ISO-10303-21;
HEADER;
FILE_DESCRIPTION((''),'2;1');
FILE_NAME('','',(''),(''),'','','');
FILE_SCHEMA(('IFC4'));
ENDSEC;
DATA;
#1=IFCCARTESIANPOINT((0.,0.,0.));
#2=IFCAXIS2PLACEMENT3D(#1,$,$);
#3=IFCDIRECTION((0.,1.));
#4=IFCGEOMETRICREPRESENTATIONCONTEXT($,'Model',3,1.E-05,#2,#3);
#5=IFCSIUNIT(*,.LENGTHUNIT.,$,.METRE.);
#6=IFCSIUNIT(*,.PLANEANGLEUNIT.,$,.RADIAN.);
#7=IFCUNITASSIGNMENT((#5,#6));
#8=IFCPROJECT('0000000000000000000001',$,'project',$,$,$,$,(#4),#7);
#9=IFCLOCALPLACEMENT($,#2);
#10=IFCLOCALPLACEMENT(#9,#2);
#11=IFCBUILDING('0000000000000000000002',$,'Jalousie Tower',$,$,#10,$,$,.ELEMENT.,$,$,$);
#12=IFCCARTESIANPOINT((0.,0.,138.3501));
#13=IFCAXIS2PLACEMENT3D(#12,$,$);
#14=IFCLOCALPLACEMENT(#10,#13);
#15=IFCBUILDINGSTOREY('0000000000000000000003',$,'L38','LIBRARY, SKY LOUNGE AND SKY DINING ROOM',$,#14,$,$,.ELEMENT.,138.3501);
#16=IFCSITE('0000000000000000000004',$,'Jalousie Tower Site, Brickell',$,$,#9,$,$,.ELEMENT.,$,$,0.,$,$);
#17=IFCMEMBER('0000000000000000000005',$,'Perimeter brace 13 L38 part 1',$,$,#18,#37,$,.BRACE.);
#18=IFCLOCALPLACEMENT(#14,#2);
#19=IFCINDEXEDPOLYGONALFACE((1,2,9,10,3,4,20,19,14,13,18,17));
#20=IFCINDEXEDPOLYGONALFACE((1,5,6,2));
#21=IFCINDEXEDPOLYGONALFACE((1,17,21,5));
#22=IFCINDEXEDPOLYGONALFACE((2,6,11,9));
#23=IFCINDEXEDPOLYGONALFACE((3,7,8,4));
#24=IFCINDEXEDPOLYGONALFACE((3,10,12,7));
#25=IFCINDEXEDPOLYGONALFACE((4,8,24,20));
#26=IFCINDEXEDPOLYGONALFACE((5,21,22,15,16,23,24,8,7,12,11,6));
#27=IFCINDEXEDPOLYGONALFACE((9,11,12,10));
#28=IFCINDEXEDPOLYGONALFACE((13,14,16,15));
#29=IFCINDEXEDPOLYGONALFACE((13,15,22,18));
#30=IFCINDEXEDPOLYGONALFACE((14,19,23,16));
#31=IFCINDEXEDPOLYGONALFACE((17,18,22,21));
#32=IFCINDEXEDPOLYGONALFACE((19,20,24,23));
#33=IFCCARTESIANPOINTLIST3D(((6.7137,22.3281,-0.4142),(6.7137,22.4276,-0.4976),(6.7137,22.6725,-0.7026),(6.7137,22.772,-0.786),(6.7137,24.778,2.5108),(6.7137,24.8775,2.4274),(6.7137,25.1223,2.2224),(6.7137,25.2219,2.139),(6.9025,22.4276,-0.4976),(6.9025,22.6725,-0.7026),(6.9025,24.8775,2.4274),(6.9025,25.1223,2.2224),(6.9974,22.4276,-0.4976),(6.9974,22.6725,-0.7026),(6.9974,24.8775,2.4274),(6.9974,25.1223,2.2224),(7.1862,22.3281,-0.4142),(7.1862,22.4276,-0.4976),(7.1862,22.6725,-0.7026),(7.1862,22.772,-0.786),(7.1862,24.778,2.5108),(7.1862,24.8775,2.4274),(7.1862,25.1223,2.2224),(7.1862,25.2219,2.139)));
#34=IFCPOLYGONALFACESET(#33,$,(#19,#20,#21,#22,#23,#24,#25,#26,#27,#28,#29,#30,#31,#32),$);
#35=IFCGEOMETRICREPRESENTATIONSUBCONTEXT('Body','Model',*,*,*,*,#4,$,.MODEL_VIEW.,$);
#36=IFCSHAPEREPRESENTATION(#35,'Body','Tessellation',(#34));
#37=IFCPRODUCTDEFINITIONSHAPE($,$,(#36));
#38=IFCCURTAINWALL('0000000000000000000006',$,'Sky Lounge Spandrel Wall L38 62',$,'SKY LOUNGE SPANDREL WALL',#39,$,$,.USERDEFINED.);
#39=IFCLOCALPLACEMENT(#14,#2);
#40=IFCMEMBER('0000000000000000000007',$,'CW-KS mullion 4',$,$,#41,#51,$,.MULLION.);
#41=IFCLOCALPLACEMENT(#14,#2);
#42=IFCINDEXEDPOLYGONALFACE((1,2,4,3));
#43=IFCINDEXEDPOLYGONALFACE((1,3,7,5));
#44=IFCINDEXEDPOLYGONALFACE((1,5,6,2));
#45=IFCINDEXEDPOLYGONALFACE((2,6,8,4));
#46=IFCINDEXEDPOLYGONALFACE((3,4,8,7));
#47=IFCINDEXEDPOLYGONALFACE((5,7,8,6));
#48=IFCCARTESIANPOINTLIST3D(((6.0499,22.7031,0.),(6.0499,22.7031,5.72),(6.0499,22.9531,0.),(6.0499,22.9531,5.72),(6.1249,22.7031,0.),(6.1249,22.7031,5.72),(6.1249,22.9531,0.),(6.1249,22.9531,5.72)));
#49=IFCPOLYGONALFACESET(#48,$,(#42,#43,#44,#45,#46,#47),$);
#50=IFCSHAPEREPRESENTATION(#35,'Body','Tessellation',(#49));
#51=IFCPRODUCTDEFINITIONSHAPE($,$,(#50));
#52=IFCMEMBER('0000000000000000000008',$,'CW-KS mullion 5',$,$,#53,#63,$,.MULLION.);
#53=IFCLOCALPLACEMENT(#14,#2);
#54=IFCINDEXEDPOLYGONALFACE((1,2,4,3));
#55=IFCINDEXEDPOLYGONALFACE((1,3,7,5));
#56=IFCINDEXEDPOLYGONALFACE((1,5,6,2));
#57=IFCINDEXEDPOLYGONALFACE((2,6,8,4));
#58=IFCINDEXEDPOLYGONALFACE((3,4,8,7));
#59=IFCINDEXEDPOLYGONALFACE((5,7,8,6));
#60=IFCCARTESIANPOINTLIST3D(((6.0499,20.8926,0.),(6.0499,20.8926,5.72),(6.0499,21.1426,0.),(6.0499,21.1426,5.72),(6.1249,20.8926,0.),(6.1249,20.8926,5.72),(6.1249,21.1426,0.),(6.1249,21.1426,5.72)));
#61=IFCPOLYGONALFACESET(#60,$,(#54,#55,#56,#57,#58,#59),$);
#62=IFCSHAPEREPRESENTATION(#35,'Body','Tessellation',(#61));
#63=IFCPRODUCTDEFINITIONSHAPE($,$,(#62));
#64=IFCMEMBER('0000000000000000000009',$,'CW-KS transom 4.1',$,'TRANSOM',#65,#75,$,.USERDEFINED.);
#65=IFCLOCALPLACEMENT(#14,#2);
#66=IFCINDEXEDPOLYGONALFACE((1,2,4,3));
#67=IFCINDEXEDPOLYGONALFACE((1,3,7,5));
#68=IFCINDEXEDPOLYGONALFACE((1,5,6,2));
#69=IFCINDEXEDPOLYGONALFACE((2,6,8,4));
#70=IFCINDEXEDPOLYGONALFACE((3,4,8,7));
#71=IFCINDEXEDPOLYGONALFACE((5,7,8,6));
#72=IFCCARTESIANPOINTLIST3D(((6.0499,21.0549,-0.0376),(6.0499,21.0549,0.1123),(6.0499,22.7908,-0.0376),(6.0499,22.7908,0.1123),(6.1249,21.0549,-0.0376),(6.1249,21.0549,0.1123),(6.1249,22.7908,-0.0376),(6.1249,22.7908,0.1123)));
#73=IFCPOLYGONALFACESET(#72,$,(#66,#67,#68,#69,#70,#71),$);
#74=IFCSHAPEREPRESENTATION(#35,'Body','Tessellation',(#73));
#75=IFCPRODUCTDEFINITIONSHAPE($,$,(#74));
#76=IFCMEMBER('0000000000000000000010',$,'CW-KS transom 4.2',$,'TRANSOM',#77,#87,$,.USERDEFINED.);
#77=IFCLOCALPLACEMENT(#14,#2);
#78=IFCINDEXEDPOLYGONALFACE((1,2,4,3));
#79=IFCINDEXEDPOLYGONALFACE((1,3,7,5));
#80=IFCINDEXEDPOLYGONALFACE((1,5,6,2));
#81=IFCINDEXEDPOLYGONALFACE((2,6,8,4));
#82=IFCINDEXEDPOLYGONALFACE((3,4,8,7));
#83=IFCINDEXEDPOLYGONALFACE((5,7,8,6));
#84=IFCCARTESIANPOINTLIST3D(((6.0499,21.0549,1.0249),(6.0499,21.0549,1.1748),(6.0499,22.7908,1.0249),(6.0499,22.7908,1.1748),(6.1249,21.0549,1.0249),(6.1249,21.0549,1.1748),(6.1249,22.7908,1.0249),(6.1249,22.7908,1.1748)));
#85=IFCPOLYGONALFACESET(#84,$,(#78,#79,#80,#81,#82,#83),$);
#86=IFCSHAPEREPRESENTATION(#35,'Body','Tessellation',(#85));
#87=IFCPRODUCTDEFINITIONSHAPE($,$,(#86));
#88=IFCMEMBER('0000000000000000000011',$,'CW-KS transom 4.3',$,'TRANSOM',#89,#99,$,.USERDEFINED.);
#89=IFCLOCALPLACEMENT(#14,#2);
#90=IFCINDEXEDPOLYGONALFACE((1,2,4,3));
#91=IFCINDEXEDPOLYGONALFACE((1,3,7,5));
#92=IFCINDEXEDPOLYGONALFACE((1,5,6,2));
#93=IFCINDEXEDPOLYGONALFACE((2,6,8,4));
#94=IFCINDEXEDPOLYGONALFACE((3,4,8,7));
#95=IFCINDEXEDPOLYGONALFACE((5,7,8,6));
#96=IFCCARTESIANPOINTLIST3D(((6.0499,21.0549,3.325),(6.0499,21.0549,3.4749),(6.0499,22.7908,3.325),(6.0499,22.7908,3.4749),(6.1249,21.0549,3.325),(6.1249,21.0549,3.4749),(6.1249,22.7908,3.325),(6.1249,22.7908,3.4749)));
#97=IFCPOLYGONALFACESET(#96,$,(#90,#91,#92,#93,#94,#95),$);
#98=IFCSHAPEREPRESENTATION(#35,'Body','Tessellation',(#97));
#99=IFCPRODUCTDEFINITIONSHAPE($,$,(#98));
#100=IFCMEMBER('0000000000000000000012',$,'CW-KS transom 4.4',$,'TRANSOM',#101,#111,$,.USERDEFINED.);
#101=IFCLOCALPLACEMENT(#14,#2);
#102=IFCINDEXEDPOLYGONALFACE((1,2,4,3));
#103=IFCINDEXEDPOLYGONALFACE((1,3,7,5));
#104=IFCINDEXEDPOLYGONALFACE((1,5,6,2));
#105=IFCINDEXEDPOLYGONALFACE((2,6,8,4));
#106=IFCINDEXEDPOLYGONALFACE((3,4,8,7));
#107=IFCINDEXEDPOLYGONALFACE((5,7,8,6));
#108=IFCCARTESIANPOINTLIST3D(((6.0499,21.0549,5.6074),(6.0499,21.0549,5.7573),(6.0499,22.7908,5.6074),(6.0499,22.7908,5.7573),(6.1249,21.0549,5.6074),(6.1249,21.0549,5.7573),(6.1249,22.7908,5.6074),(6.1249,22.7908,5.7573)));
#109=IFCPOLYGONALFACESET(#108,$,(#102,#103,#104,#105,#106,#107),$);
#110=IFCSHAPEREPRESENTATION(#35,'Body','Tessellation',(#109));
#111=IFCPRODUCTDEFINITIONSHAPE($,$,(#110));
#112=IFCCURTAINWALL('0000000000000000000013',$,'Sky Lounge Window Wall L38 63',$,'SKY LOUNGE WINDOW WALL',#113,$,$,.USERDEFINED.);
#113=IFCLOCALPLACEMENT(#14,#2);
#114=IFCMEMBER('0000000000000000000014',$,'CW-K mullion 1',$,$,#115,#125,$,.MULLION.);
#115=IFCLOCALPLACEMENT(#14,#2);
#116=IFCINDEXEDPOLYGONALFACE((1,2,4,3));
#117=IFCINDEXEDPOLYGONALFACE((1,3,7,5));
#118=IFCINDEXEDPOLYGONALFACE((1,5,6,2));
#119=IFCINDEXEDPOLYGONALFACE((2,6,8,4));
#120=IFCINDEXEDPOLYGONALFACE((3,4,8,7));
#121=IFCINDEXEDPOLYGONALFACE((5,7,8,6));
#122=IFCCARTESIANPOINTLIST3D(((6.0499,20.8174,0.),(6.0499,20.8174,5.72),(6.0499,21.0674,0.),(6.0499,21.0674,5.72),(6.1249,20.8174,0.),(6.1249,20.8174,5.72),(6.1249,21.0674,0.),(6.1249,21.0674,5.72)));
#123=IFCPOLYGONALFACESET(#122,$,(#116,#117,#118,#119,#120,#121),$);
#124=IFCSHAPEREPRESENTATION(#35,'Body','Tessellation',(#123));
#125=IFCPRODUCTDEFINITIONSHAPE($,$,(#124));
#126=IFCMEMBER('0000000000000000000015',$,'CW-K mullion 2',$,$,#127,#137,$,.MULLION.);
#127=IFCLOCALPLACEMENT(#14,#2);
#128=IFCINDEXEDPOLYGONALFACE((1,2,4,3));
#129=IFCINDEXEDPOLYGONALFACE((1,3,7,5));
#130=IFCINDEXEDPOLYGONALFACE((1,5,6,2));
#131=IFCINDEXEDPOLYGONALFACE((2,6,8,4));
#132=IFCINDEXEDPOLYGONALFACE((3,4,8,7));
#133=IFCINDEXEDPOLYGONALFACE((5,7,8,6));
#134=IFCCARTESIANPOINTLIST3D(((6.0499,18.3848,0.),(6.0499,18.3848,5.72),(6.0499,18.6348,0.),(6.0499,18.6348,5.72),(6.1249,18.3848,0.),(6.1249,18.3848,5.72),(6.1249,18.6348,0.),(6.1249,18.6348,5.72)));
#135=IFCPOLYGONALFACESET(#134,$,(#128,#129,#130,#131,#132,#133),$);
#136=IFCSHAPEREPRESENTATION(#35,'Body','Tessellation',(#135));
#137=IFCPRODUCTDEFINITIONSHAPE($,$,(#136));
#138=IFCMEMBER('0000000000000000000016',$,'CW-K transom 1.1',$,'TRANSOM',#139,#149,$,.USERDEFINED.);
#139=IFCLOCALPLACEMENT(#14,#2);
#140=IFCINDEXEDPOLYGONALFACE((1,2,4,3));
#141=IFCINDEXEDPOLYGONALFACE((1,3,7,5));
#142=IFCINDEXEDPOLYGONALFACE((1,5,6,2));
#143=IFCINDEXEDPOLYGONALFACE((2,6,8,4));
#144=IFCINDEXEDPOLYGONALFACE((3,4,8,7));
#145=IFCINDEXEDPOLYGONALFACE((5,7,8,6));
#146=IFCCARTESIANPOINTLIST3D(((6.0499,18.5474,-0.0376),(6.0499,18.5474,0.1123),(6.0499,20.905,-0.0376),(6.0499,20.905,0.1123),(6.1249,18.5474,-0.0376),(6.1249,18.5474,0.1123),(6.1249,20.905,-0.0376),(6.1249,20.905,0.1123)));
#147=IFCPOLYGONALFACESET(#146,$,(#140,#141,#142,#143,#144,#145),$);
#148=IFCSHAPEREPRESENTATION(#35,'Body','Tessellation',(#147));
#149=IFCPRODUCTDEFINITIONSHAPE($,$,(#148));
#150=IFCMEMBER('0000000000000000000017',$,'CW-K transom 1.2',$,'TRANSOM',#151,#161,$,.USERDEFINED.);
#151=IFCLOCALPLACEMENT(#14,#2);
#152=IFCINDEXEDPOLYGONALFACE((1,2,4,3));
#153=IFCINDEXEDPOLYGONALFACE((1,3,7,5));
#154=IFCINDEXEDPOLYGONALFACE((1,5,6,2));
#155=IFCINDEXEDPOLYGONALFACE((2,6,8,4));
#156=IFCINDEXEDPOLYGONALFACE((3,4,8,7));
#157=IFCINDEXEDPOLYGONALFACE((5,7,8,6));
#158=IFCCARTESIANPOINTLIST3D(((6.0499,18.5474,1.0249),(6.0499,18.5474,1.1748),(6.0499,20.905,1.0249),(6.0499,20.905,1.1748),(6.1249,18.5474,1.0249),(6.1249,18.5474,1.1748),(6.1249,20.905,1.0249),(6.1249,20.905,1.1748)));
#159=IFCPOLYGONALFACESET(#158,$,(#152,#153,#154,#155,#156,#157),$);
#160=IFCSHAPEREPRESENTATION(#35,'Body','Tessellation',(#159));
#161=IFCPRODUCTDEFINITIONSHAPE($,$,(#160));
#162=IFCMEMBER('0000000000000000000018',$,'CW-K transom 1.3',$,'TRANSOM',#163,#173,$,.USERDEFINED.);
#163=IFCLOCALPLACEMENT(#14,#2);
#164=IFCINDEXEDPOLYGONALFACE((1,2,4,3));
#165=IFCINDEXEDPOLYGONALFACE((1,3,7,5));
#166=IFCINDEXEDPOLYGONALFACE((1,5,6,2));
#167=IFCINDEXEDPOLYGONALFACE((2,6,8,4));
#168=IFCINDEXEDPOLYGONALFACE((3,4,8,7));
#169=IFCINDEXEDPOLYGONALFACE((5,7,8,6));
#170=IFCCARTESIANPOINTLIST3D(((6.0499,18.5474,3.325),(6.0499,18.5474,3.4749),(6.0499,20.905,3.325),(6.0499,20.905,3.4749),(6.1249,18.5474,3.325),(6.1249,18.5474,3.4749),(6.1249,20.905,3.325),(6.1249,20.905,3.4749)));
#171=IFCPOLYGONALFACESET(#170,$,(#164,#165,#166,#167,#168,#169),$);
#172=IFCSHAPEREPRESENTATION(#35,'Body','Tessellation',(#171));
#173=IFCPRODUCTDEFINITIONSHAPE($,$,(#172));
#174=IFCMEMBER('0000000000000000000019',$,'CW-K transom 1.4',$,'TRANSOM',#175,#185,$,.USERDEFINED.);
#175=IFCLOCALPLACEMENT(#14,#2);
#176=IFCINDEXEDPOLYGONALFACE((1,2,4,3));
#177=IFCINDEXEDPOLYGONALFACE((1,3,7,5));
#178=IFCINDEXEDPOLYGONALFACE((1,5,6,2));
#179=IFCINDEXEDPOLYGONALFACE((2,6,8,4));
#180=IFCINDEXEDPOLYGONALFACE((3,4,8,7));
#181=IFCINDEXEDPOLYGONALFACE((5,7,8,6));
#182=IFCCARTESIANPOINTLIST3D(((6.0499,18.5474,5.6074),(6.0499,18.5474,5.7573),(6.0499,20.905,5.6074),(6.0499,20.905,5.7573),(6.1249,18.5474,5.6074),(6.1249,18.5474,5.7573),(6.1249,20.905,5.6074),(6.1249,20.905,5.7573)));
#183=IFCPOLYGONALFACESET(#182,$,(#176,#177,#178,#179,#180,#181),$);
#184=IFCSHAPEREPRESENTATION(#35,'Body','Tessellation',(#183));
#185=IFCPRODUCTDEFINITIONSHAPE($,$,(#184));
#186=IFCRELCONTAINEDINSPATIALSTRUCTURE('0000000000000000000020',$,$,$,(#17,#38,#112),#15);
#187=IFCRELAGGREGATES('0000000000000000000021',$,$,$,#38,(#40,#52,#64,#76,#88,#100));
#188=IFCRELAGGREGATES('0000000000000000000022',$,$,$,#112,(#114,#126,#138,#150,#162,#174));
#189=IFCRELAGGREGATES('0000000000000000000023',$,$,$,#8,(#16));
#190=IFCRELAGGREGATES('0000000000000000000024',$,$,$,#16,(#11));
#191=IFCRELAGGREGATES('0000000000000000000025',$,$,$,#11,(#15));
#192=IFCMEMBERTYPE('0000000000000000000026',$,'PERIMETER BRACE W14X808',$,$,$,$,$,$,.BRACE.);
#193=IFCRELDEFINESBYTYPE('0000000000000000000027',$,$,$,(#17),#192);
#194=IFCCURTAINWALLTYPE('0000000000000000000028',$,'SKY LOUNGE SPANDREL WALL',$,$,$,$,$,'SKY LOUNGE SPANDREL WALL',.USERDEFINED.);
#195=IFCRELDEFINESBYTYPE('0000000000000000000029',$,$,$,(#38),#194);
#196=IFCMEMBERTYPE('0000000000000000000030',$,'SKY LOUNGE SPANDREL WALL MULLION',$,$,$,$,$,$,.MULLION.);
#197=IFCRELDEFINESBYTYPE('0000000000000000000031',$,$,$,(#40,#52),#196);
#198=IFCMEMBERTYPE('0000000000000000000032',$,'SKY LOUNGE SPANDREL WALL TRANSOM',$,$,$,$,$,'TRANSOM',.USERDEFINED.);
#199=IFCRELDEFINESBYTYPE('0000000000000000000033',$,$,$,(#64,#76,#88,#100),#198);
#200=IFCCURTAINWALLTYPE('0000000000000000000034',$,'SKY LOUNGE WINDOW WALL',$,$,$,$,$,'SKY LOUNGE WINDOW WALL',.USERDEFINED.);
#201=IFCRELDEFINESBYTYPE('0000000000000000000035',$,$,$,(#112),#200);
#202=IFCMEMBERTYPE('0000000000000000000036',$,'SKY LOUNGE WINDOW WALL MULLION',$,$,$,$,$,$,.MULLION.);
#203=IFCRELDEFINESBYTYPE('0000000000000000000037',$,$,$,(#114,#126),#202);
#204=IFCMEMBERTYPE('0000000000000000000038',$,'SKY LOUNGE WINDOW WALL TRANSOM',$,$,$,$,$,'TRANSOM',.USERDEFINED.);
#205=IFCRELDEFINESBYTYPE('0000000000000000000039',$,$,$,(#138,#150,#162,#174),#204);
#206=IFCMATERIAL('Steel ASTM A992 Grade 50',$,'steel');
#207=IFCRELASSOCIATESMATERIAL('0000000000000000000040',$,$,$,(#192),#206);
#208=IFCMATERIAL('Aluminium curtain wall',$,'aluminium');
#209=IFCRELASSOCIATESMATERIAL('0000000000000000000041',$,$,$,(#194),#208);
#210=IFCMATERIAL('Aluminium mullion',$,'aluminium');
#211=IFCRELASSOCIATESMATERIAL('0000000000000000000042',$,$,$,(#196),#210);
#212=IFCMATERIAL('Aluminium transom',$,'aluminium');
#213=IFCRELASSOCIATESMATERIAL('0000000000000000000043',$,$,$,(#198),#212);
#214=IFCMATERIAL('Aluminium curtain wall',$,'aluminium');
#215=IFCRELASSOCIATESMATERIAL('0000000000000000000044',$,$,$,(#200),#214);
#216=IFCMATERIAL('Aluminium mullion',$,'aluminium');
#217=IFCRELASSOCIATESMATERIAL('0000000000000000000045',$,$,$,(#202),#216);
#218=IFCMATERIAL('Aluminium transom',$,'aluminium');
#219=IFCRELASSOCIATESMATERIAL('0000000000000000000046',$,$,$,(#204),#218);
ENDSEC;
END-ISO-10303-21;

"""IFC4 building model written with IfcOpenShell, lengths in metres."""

from ifc_helpers import new_model, si_unit, direction, frame, origin, origin_2d, place, context, subcontext, project, spatial, rectangle, i_section, extrude, material, material_profile, profile_set, type_object, element, aggregate, save


model = new_model("IFC4")

# Units and contexts
model_context = context("Model", 3, precision=1e-05, world=origin(), true_north=direction((0.0, 1.0)))
body_context = subcontext(model_context, "Body", "Model", "MODEL_VIEW")
ifc_project = project(units=[si_unit("LENGTHUNIT", "METRE"), si_unit("PLANEANGLEUNIT", "RADIAN")], contexts=[model_context])

# Site, building, storey
site_placement = place(None, origin())
site = spatial("IfcSite", under=ifc_project, at=site_placement, Name="Jalousie Tower Site, Brickell", CompositionType="ELEMENT", RefElevation=0.0)
building_placement = place(site_placement, origin())
building = spatial("IfcBuilding", under=site, at=building_placement, Name="Jalousie Tower", CompositionType="ELEMENT")
storey_placement = place(building_placement, frame((0.0, 0.0, 138.3501)))
storey = spatial("IfcBuildingStorey", under=building, at=storey_placement, Name="L38", Description="LIBRARY, SKY LOUNGE AND SKY DINING ROOM", CompositionType="ELEMENT", Elevation=138.3501)

# Member
ifc_material_1 = material(Name="Steel ASTM A992 Grade 50", Category="steel")
ifc_material_profile_1 = material_profile(ifc_material_1, i_section(OverallWidth=0.4724, OverallDepth=0.5791, WebThickness=0.095, FlangeThickness=0.1299, at=origin_2d()), Name="W14X808")
ifc_profile_set_1 = profile_set([ifc_material_profile_1], Name="Steel ASTM A992 Grade 50")
member_type_1 = type_object("IfcMemberType", Name="PERIMETER BRACE W14X808", PredefinedType="BRACE", material=ifc_profile_set_1)
member_1_placement = place(storey_placement, frame((6.95, 22.55, -0.6001), z_axis=(0.0, 0.642102, 0.766619), x_axis=(-1.0, 0.0, 0.0)))
element("IfcMember", 1, at=member_1_placement, inside=storey, type_object=member_type_1, Name="Perimeter brace 13 L38 part 1", PredefinedType="BRACE", context=body_context, shape_type="SweptSolid", body=[
    extrude(i_section(OverallWidth=0.4724, OverallDepth=0.5791, WebThickness=0.095, FlangeThickness=0.1299, at=origin_2d()), origin(), (0.0, 0.0, 1.0), 3.8154),
])

# Curtain walls, members
ifc_material_2 = material(Name="Aluminium curtain wall", Category="aluminium")
curtain_wall_type_1 = type_object("IfcCurtainWallType", Name="SKY LOUNGE SPANDREL WALL", ElementType="SKY LOUNGE SPANDREL WALL", PredefinedType="USERDEFINED", material=ifc_material_2)
curtain_wall_1_placement = place(storey_placement, origin())
curtain_wall_1 = element("IfcCurtainWall", 2, at=curtain_wall_1_placement, inside=storey, type_object=curtain_wall_type_1, Name="Sky Lounge Spandrel Wall L38 62", ObjectType="SKY LOUNGE SPANDREL WALL", PredefinedType="USERDEFINED")
ifc_material_3 = material(Name="Aluminium mullion", Category="aluminium")
ifc_material_profile_2 = material_profile(ifc_material_3, rectangle(XDim=0.075, YDim=0.25, at=origin_2d()), Name="MULLION 75x250")
ifc_profile_set_2 = profile_set([ifc_material_profile_2], Name="Aluminium mullion")
member_type_2 = type_object("IfcMemberType", Name="SKY LOUNGE SPANDREL WALL MULLION", PredefinedType="MULLION", material=ifc_profile_set_2)
member_2_placement = place(storey_placement, frame((6.0874, 22.8281, 0.0), z_axis=(0.0, 0.0, 1.0), x_axis=(1.0, 0.0, 0.0)))
member_2 = element("IfcMember", 3, at=member_2_placement, type_object=member_type_2, Name="CW-KS mullion 4", PredefinedType="MULLION", context=body_context, shape_type="SweptSolid", body=[
    extrude(rectangle(XDim=0.075, YDim=0.25, at=origin_2d()), origin(), (0.0, 0.0, 1.0), 5.72),
])
member_3_placement = place(storey_placement, frame((6.0874, 21.0176, 0.0), z_axis=(0.0, 0.0, 1.0), x_axis=(1.0, 0.0, 0.0)))
member_3 = element("IfcMember", 4, at=member_3_placement, type_object=member_type_2, Name="CW-KS mullion 5", PredefinedType="MULLION", context=body_context, shape_type="SweptSolid", body=[
    extrude(rectangle(XDim=0.075, YDim=0.25, at=origin_2d()), origin(), (0.0, 0.0, 1.0), 5.72),
])
ifc_material_4 = material(Name="Aluminium transom", Category="aluminium")
ifc_material_profile_3 = material_profile(ifc_material_4, rectangle(XDim=0.075, YDim=0.1499, at=origin_2d()), Name="TRANSOM 75x150")
ifc_profile_set_3 = profile_set([ifc_material_profile_3], Name="Aluminium transom")
member_type_3 = type_object("IfcMemberType", Name="SKY LOUNGE SPANDREL WALL TRANSOM", ElementType="TRANSOM", PredefinedType="USERDEFINED", material=ifc_profile_set_3)
member_4_placement = place(storey_placement, frame((6.0874, 22.7908, 0.0374), z_axis=(0.0, -1.0, 0.0), x_axis=(1.0, 0.0, 0.0)))
member_4 = element("IfcMember", 5, at=member_4_placement, type_object=member_type_3, Name="CW-KS transom 4.1", ObjectType="TRANSOM", PredefinedType="USERDEFINED", context=body_context, shape_type="SweptSolid", body=[
    extrude(rectangle(XDim=0.075, YDim=0.1499, at=origin_2d()), origin(), (0.0, 0.0, 1.0), 1.7358),
])
member_5_placement = place(storey_placement, frame((6.0874, 22.7908, 1.0999), z_axis=(0.0, -1.0, 0.0), x_axis=(1.0, 0.0, 0.0)))
member_5 = element("IfcMember", 6, at=member_5_placement, type_object=member_type_3, Name="CW-KS transom 4.2", ObjectType="TRANSOM", PredefinedType="USERDEFINED", context=body_context, shape_type="SweptSolid", body=[
    extrude(rectangle(XDim=0.075, YDim=0.1499, at=origin_2d()), origin(), (0.0, 0.0, 1.0), 1.7358),
])
member_6_placement = place(storey_placement, frame((6.0874, 22.7908, 3.3999), z_axis=(0.0, -1.0, 0.0), x_axis=(1.0, 0.0, 0.0)))
member_6 = element("IfcMember", 7, at=member_6_placement, type_object=member_type_3, Name="CW-KS transom 4.3", ObjectType="TRANSOM", PredefinedType="USERDEFINED", context=body_context, shape_type="SweptSolid", body=[
    extrude(rectangle(XDim=0.075, YDim=0.1499, at=origin_2d()), origin(), (0.0, 0.0, 1.0), 1.7358),
])
member_7_placement = place(storey_placement, frame((6.0874, 22.7908, 5.6824), z_axis=(0.0, -1.0, 0.0), x_axis=(1.0, 0.0, 0.0)))
member_7 = element("IfcMember", 8, at=member_7_placement, type_object=member_type_3, Name="CW-KS transom 4.4", ObjectType="TRANSOM", PredefinedType="USERDEFINED", context=body_context, shape_type="SweptSolid", body=[
    extrude(rectangle(XDim=0.075, YDim=0.1499, at=origin_2d()), origin(), (0.0, 0.0, 1.0), 1.7358),
])
ifc_material_5 = material(Name="Aluminium curtain wall", Category="aluminium")
curtain_wall_type_2 = type_object("IfcCurtainWallType", Name="SKY LOUNGE WINDOW WALL", ElementType="SKY LOUNGE WINDOW WALL", PredefinedType="USERDEFINED", material=ifc_material_5)
curtain_wall_2_placement = place(storey_placement, origin())
curtain_wall_2 = element("IfcCurtainWall", 9, at=curtain_wall_2_placement, inside=storey, type_object=curtain_wall_type_2, Name="Sky Lounge Window Wall L38 63", ObjectType="SKY LOUNGE WINDOW WALL", PredefinedType="USERDEFINED")
ifc_material_6 = material(Name="Aluminium mullion", Category="aluminium")
ifc_material_profile_4 = material_profile(ifc_material_6, rectangle(XDim=0.075, YDim=0.25, at=origin_2d()), Name="MULLION 75x250")
ifc_profile_set_4 = profile_set([ifc_material_profile_4], Name="Aluminium mullion")
member_type_4 = type_object("IfcMemberType", Name="SKY LOUNGE WINDOW WALL MULLION", PredefinedType="MULLION", material=ifc_profile_set_4)
member_8_placement = place(storey_placement, frame((6.0874, 20.9424, 0.0), z_axis=(0.0, 0.0, 1.0), x_axis=(1.0, 0.0, 0.0)))
member_8 = element("IfcMember", 10, at=member_8_placement, type_object=member_type_4, Name="CW-K mullion 1", PredefinedType="MULLION", context=body_context, shape_type="SweptSolid", body=[
    extrude(rectangle(XDim=0.075, YDim=0.25, at=origin_2d()), origin(), (0.0, 0.0, 1.0), 5.72),
])
member_9_placement = place(storey_placement, frame((6.0874, 18.5098, 0.0), z_axis=(0.0, 0.0, 1.0), x_axis=(1.0, 0.0, 0.0)))
member_9 = element("IfcMember", 11, at=member_9_placement, type_object=member_type_4, Name="CW-K mullion 2", PredefinedType="MULLION", context=body_context, shape_type="SweptSolid", body=[
    extrude(rectangle(XDim=0.075, YDim=0.25, at=origin_2d()), origin(), (0.0, 0.0, 1.0), 5.72),
])
ifc_material_7 = material(Name="Aluminium transom", Category="aluminium")
ifc_material_profile_5 = material_profile(ifc_material_7, rectangle(XDim=0.075, YDim=0.1499, at=origin_2d()), Name="TRANSOM 75x150")
ifc_profile_set_5 = profile_set([ifc_material_profile_5], Name="Aluminium transom")
member_type_5 = type_object("IfcMemberType", Name="SKY LOUNGE WINDOW WALL TRANSOM", ElementType="TRANSOM", PredefinedType="USERDEFINED", material=ifc_profile_set_5)
member_10_placement = place(storey_placement, frame((6.0874, 20.905, 0.0374), z_axis=(0.0, -1.0, 0.0), x_axis=(1.0, 0.0, 0.0)))
member_10 = element("IfcMember", 12, at=member_10_placement, type_object=member_type_5, Name="CW-K transom 1.1", ObjectType="TRANSOM", PredefinedType="USERDEFINED", context=body_context, shape_type="SweptSolid", body=[
    extrude(rectangle(XDim=0.075, YDim=0.1499, at=origin_2d()), origin(), (0.0, 0.0, 1.0), 2.3577),
])
member_11_placement = place(storey_placement, frame((6.0874, 20.905, 1.0999), z_axis=(0.0, -1.0, 0.0), x_axis=(1.0, 0.0, 0.0)))
member_11 = element("IfcMember", 13, at=member_11_placement, type_object=member_type_5, Name="CW-K transom 1.2", ObjectType="TRANSOM", PredefinedType="USERDEFINED", context=body_context, shape_type="SweptSolid", body=[
    extrude(rectangle(XDim=0.075, YDim=0.1499, at=origin_2d()), origin(), (0.0, 0.0, 1.0), 2.3577),
])
member_12_placement = place(storey_placement, frame((6.0874, 20.905, 3.3999), z_axis=(0.0, -1.0, 0.0), x_axis=(1.0, 0.0, 0.0)))
member_12 = element("IfcMember", 14, at=member_12_placement, type_object=member_type_5, Name="CW-K transom 1.3", ObjectType="TRANSOM", PredefinedType="USERDEFINED", context=body_context, shape_type="SweptSolid", body=[
    extrude(rectangle(XDim=0.075, YDim=0.1499, at=origin_2d()), origin(), (0.0, 0.0, 1.0), 2.3577),
])
member_13_placement = place(storey_placement, frame((6.0874, 20.905, 5.6824), z_axis=(0.0, -1.0, 0.0), x_axis=(1.0, 0.0, 0.0)))
member_13 = element("IfcMember", 15, at=member_13_placement, type_object=member_type_5, Name="CW-K transom 1.4", ObjectType="TRANSOM", PredefinedType="USERDEFINED", context=body_context, shape_type="SweptSolid", body=[
    extrude(rectangle(XDim=0.075, YDim=0.1499, at=origin_2d()), origin(), (0.0, 0.0, 1.0), 2.3577),
])

aggregate(curtain_wall_1, [member_2, member_3, member_4, member_5, member_6, member_7])
aggregate(curtain_wall_2, [member_8, member_9, member_10, member_11, member_12, member_13])

save(model, "model.ifc")
